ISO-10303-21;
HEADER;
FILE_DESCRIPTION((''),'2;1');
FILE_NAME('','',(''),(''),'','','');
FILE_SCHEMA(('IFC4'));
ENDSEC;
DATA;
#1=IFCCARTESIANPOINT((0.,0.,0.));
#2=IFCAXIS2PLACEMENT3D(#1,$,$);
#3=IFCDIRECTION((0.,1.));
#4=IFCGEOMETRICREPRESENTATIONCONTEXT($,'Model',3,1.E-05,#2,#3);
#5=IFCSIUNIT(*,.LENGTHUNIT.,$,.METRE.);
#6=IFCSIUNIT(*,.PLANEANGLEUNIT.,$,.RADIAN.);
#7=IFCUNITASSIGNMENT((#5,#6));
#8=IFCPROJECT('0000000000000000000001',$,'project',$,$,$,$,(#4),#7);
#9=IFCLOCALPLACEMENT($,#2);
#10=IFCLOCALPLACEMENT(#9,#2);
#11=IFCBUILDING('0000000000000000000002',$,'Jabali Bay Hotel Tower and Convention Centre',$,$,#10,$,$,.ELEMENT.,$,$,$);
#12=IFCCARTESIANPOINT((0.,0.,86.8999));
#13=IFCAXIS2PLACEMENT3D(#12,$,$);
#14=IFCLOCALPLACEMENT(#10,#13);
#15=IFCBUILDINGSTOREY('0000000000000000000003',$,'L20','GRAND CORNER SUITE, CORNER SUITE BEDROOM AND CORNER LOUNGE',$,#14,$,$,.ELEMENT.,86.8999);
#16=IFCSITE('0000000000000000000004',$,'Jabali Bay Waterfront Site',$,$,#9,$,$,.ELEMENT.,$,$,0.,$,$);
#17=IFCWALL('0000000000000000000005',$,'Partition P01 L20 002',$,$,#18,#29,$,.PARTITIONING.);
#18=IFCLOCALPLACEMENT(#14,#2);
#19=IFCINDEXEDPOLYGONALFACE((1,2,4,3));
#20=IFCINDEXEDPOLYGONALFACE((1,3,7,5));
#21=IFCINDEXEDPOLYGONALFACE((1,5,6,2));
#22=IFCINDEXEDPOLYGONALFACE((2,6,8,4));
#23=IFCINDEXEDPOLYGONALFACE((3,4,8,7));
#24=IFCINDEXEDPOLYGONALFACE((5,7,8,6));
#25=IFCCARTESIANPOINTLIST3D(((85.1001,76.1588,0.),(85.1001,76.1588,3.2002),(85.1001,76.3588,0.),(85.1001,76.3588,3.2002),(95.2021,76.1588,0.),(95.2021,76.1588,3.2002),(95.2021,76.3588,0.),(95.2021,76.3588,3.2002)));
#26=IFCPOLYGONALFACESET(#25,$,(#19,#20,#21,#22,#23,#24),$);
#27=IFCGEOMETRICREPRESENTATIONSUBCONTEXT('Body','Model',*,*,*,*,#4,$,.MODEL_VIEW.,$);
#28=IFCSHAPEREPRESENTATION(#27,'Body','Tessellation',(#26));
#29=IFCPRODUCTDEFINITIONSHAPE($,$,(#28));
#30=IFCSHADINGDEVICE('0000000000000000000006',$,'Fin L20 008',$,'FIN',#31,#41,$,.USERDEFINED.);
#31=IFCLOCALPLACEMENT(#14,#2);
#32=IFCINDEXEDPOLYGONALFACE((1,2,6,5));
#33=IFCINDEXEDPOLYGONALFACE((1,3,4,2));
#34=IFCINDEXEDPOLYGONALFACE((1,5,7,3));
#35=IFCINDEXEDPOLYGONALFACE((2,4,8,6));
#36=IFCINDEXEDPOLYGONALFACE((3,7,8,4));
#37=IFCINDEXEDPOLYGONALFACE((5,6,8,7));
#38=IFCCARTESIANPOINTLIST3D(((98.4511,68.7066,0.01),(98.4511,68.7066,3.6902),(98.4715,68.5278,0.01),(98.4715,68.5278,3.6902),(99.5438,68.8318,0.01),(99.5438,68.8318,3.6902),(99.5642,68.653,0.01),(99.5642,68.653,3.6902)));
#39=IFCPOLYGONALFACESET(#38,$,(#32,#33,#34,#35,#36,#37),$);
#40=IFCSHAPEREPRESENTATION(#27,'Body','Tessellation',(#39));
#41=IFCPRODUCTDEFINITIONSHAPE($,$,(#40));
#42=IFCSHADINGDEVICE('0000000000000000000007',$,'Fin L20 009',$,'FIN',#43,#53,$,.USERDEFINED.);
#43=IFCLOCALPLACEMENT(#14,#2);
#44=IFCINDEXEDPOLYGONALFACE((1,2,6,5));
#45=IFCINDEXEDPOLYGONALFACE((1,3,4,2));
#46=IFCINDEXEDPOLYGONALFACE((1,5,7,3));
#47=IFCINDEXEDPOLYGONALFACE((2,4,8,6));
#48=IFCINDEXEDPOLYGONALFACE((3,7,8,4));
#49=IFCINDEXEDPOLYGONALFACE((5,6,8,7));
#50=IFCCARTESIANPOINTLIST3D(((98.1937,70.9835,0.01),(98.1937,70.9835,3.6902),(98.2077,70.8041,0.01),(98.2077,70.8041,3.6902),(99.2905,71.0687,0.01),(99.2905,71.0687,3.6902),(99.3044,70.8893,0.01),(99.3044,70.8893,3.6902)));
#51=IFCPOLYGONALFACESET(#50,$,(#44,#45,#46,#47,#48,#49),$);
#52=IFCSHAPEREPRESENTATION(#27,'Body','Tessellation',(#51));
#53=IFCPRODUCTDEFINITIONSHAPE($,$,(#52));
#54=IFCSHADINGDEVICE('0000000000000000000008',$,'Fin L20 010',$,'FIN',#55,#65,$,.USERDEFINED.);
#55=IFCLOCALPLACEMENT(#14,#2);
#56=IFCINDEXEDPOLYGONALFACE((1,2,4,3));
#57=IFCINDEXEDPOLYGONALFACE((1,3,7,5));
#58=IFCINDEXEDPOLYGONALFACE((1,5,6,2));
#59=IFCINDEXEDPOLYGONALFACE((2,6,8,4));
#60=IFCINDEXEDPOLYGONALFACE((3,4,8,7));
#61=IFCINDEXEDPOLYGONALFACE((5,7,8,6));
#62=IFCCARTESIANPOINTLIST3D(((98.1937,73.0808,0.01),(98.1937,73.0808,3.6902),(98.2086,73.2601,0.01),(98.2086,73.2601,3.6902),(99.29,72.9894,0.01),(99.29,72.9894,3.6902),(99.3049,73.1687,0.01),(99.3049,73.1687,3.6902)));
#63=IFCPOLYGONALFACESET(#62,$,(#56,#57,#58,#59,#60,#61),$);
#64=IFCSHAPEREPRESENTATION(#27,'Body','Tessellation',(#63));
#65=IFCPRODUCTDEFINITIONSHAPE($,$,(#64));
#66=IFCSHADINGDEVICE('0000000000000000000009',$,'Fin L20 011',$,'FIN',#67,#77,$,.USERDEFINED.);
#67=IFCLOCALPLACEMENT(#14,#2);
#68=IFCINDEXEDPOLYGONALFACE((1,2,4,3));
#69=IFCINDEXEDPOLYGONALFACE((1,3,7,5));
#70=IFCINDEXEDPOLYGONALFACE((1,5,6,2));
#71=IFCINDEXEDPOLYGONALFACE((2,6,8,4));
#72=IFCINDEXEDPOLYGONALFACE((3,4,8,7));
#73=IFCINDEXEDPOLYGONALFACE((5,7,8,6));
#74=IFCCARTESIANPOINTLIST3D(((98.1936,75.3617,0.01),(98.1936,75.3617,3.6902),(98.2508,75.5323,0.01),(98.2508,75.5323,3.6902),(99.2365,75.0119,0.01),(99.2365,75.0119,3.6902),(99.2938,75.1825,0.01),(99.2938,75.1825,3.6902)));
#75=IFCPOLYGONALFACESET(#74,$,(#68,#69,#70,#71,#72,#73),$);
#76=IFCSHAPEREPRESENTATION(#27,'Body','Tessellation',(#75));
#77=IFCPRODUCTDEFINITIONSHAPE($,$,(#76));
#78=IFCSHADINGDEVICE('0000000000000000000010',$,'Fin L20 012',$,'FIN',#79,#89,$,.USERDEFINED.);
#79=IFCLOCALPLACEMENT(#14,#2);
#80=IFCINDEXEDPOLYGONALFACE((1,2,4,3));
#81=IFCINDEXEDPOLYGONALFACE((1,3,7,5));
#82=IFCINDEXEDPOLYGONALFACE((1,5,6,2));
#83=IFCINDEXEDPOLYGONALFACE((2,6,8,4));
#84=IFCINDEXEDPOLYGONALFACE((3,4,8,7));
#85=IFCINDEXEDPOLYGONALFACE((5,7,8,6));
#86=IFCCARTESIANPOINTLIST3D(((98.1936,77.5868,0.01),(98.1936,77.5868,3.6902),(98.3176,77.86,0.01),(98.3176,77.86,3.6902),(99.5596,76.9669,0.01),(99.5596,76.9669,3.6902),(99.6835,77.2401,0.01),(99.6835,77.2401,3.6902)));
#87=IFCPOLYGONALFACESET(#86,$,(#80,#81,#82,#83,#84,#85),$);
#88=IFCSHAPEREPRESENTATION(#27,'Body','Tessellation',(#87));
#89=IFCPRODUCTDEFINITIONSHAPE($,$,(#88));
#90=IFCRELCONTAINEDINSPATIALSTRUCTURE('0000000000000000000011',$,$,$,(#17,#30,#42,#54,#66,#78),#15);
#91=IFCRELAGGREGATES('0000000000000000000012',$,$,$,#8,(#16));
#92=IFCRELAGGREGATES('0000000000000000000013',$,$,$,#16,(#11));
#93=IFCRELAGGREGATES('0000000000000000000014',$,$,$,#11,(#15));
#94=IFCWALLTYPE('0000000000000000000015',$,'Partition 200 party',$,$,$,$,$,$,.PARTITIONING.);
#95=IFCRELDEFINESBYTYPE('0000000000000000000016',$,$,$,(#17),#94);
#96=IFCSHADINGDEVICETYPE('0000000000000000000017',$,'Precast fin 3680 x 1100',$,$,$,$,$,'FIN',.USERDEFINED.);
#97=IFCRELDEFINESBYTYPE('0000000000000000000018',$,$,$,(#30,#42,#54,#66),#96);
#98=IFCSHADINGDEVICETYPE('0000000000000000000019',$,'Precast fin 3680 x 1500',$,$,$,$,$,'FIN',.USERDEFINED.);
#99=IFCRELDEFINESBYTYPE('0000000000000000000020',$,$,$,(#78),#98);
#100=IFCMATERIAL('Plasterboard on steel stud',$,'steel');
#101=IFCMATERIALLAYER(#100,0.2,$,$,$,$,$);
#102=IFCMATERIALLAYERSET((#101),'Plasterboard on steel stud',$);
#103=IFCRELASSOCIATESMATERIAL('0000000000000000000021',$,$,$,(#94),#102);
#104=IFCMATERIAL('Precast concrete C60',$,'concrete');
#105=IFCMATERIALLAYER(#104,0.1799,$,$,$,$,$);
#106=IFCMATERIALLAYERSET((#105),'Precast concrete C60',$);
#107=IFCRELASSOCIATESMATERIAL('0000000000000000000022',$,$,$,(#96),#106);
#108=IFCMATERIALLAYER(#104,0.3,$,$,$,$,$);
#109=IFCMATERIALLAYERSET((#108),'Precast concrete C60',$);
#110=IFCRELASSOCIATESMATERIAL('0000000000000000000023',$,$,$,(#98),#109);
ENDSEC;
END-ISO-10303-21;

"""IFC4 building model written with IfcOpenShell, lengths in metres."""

from ifc_helpers import new_model, si_unit, direction, frame, frame_2d, origin, place, context, subcontext, project, spatial, rectangle, extrude, material, layer, layer_set, type_object, element, save


model = new_model("IFC4")

# Units and contexts
model_context = context("Model", 3, precision=1e-05, world=origin(), true_north=direction((0.0, 1.0)))
body_context = subcontext(model_context, "Body", "Model", "MODEL_VIEW")
ifc_project = project(units=[si_unit("LENGTHUNIT", "METRE"), si_unit("PLANEANGLEUNIT", "RADIAN")], contexts=[model_context])

# Site, building, storey
site_placement = place(None, origin())
site = spatial("IfcSite", under=ifc_project, at=site_placement, Name="Jabali Bay Waterfront Site", CompositionType="ELEMENT", RefElevation=0.0)
building_placement = place(site_placement, origin())
building = spatial("IfcBuilding", under=site, at=building_placement, Name="Jabali Bay Hotel Tower and Convention Centre", CompositionType="ELEMENT")
storey_placement = place(building_placement, frame((0.0, 0.0, 86.8999)))
storey = spatial("IfcBuildingStorey", under=building, at=storey_placement, Name="L20", Description="GRAND CORNER SUITE, CORNER SUITE BEDROOM AND CORNER LOUNGE", CompositionType="ELEMENT", Elevation=86.8999)

# Shared definitions
ifc_material_1 = material(Name="Plasterboard on steel stud", Category="steel")

# Wall
ifc_layer_1 = layer(ifc_material_1, 0.2)
ifc_layer_set_1 = layer_set([ifc_layer_1], Name="Plasterboard on steel stud")
wall_type_1 = type_object("IfcWallType", Name="Partition 200 party", PredefinedType="PARTITIONING", material=ifc_layer_set_1)
wall_1_placement = place(storey_placement, frame((95.2021, 76.2588, 0.0), z_axis=(0.0, 0.0, 1.0), x_axis=(-1.0, 0.0, 0.0)))
element("IfcWall", 1, at=wall_1_placement, inside=storey, type_object=wall_type_1, Name="Partition P01 L20 002", PredefinedType="PARTITIONING", context=body_context, shape_type="SweptSolid", body=[
    extrude(rectangle(XDim=10.1021, YDim=0.2, at=frame_2d((5.051, 0.0))), origin(), (0.0, 0.0, 1.0), 3.2002),
])

# Shading devices
ifc_material_2 = material(Name="Precast concrete C60", Category="concrete")
ifc_layer_2 = layer(ifc_material_2, 0.1799)
ifc_layer_set_2 = layer_set([ifc_layer_2], Name="Precast concrete C60")
shading_device_type_1 = type_object("IfcShadingDeviceType", Name="Precast fin 3680 x 1100", ElementType="FIN", PredefinedType="USERDEFINED", material=ifc_layer_set_2)
shading_device_1_placement = place(storey_placement, frame((98.4614, 68.6172, 0.01), z_axis=(0.0, 0.0, 1.0), x_axis=(0.993496, 0.113866, 0.0)))
element("IfcShadingDevice", 2, at=shading_device_1_placement, inside=storey, type_object=shading_device_type_1, Name="Fin L20 008", ObjectType="FIN", PredefinedType="USERDEFINED", context=body_context, shape_type="SweptSolid", body=[
    extrude(rectangle(XDim=1.0999, YDim=0.1799, at=frame_2d((0.5498, 0.0))), origin(), (0.0, 0.0, 1.0), 3.6802),
])
for number, where, z_axis, x_axis, name in (
    (3, (98.2007, 70.8938, 0.01), (0.0, 0.0, 1.0), (0.996995, 0.07746, 0.0), "Fin L20 009"),
    (4, (98.2012, 73.1704, 0.01), (0.0, 0.0, 1.0), (0.996549, -0.083009, 0.0), "Fin L20 010"),
    (5, (98.2222, 75.447, 0.01), (0.0, 0.0, 1.0), (0.948082, -0.318025, 0.0), "Fin L20 011"),
):
    element("IfcShadingDevice", number, at=place(storey_placement, frame(where, z_axis=z_axis, x_axis=x_axis)), inside=storey, type_object=shading_device_type_1, Name=name, ObjectType="FIN", PredefinedType="USERDEFINED", context=body_context, shape_type="SweptSolid", body=[
        extrude(rectangle(XDim=1.1001, YDim=0.1799, at=frame_2d((0.55, 0.0))), origin(), (0.0, 0.0, 1.0), 3.6802),
    ])
ifc_layer_3 = layer(ifc_material_2, 0.3)
ifc_layer_set_3 = layer_set([ifc_layer_3], Name="Precast concrete C60")
shading_device_type_2 = type_object("IfcShadingDeviceType", Name="Precast fin 3680 x 1500", ElementType="FIN", PredefinedType="USERDEFINED", material=ifc_layer_set_3)
shading_device_2_placement = place(storey_placement, frame((98.2556, 77.7234, 0.01), z_axis=(0.0, 0.0, 1.0), x_axis=(0.910623, -0.413239, 0.0)))
element("IfcShadingDevice", 6, at=shading_device_2_placement, inside=storey, type_object=shading_device_type_2, Name="Fin L20 012", ObjectType="FIN", PredefinedType="USERDEFINED", context=body_context, shape_type="SweptSolid", body=[
    extrude(rectangle(XDim=1.5, YDim=0.3, at=frame_2d((0.75, 0.0))), origin(), (0.0, 0.0, 1.0), 3.6802),
])

save(model, "model.ifc")
